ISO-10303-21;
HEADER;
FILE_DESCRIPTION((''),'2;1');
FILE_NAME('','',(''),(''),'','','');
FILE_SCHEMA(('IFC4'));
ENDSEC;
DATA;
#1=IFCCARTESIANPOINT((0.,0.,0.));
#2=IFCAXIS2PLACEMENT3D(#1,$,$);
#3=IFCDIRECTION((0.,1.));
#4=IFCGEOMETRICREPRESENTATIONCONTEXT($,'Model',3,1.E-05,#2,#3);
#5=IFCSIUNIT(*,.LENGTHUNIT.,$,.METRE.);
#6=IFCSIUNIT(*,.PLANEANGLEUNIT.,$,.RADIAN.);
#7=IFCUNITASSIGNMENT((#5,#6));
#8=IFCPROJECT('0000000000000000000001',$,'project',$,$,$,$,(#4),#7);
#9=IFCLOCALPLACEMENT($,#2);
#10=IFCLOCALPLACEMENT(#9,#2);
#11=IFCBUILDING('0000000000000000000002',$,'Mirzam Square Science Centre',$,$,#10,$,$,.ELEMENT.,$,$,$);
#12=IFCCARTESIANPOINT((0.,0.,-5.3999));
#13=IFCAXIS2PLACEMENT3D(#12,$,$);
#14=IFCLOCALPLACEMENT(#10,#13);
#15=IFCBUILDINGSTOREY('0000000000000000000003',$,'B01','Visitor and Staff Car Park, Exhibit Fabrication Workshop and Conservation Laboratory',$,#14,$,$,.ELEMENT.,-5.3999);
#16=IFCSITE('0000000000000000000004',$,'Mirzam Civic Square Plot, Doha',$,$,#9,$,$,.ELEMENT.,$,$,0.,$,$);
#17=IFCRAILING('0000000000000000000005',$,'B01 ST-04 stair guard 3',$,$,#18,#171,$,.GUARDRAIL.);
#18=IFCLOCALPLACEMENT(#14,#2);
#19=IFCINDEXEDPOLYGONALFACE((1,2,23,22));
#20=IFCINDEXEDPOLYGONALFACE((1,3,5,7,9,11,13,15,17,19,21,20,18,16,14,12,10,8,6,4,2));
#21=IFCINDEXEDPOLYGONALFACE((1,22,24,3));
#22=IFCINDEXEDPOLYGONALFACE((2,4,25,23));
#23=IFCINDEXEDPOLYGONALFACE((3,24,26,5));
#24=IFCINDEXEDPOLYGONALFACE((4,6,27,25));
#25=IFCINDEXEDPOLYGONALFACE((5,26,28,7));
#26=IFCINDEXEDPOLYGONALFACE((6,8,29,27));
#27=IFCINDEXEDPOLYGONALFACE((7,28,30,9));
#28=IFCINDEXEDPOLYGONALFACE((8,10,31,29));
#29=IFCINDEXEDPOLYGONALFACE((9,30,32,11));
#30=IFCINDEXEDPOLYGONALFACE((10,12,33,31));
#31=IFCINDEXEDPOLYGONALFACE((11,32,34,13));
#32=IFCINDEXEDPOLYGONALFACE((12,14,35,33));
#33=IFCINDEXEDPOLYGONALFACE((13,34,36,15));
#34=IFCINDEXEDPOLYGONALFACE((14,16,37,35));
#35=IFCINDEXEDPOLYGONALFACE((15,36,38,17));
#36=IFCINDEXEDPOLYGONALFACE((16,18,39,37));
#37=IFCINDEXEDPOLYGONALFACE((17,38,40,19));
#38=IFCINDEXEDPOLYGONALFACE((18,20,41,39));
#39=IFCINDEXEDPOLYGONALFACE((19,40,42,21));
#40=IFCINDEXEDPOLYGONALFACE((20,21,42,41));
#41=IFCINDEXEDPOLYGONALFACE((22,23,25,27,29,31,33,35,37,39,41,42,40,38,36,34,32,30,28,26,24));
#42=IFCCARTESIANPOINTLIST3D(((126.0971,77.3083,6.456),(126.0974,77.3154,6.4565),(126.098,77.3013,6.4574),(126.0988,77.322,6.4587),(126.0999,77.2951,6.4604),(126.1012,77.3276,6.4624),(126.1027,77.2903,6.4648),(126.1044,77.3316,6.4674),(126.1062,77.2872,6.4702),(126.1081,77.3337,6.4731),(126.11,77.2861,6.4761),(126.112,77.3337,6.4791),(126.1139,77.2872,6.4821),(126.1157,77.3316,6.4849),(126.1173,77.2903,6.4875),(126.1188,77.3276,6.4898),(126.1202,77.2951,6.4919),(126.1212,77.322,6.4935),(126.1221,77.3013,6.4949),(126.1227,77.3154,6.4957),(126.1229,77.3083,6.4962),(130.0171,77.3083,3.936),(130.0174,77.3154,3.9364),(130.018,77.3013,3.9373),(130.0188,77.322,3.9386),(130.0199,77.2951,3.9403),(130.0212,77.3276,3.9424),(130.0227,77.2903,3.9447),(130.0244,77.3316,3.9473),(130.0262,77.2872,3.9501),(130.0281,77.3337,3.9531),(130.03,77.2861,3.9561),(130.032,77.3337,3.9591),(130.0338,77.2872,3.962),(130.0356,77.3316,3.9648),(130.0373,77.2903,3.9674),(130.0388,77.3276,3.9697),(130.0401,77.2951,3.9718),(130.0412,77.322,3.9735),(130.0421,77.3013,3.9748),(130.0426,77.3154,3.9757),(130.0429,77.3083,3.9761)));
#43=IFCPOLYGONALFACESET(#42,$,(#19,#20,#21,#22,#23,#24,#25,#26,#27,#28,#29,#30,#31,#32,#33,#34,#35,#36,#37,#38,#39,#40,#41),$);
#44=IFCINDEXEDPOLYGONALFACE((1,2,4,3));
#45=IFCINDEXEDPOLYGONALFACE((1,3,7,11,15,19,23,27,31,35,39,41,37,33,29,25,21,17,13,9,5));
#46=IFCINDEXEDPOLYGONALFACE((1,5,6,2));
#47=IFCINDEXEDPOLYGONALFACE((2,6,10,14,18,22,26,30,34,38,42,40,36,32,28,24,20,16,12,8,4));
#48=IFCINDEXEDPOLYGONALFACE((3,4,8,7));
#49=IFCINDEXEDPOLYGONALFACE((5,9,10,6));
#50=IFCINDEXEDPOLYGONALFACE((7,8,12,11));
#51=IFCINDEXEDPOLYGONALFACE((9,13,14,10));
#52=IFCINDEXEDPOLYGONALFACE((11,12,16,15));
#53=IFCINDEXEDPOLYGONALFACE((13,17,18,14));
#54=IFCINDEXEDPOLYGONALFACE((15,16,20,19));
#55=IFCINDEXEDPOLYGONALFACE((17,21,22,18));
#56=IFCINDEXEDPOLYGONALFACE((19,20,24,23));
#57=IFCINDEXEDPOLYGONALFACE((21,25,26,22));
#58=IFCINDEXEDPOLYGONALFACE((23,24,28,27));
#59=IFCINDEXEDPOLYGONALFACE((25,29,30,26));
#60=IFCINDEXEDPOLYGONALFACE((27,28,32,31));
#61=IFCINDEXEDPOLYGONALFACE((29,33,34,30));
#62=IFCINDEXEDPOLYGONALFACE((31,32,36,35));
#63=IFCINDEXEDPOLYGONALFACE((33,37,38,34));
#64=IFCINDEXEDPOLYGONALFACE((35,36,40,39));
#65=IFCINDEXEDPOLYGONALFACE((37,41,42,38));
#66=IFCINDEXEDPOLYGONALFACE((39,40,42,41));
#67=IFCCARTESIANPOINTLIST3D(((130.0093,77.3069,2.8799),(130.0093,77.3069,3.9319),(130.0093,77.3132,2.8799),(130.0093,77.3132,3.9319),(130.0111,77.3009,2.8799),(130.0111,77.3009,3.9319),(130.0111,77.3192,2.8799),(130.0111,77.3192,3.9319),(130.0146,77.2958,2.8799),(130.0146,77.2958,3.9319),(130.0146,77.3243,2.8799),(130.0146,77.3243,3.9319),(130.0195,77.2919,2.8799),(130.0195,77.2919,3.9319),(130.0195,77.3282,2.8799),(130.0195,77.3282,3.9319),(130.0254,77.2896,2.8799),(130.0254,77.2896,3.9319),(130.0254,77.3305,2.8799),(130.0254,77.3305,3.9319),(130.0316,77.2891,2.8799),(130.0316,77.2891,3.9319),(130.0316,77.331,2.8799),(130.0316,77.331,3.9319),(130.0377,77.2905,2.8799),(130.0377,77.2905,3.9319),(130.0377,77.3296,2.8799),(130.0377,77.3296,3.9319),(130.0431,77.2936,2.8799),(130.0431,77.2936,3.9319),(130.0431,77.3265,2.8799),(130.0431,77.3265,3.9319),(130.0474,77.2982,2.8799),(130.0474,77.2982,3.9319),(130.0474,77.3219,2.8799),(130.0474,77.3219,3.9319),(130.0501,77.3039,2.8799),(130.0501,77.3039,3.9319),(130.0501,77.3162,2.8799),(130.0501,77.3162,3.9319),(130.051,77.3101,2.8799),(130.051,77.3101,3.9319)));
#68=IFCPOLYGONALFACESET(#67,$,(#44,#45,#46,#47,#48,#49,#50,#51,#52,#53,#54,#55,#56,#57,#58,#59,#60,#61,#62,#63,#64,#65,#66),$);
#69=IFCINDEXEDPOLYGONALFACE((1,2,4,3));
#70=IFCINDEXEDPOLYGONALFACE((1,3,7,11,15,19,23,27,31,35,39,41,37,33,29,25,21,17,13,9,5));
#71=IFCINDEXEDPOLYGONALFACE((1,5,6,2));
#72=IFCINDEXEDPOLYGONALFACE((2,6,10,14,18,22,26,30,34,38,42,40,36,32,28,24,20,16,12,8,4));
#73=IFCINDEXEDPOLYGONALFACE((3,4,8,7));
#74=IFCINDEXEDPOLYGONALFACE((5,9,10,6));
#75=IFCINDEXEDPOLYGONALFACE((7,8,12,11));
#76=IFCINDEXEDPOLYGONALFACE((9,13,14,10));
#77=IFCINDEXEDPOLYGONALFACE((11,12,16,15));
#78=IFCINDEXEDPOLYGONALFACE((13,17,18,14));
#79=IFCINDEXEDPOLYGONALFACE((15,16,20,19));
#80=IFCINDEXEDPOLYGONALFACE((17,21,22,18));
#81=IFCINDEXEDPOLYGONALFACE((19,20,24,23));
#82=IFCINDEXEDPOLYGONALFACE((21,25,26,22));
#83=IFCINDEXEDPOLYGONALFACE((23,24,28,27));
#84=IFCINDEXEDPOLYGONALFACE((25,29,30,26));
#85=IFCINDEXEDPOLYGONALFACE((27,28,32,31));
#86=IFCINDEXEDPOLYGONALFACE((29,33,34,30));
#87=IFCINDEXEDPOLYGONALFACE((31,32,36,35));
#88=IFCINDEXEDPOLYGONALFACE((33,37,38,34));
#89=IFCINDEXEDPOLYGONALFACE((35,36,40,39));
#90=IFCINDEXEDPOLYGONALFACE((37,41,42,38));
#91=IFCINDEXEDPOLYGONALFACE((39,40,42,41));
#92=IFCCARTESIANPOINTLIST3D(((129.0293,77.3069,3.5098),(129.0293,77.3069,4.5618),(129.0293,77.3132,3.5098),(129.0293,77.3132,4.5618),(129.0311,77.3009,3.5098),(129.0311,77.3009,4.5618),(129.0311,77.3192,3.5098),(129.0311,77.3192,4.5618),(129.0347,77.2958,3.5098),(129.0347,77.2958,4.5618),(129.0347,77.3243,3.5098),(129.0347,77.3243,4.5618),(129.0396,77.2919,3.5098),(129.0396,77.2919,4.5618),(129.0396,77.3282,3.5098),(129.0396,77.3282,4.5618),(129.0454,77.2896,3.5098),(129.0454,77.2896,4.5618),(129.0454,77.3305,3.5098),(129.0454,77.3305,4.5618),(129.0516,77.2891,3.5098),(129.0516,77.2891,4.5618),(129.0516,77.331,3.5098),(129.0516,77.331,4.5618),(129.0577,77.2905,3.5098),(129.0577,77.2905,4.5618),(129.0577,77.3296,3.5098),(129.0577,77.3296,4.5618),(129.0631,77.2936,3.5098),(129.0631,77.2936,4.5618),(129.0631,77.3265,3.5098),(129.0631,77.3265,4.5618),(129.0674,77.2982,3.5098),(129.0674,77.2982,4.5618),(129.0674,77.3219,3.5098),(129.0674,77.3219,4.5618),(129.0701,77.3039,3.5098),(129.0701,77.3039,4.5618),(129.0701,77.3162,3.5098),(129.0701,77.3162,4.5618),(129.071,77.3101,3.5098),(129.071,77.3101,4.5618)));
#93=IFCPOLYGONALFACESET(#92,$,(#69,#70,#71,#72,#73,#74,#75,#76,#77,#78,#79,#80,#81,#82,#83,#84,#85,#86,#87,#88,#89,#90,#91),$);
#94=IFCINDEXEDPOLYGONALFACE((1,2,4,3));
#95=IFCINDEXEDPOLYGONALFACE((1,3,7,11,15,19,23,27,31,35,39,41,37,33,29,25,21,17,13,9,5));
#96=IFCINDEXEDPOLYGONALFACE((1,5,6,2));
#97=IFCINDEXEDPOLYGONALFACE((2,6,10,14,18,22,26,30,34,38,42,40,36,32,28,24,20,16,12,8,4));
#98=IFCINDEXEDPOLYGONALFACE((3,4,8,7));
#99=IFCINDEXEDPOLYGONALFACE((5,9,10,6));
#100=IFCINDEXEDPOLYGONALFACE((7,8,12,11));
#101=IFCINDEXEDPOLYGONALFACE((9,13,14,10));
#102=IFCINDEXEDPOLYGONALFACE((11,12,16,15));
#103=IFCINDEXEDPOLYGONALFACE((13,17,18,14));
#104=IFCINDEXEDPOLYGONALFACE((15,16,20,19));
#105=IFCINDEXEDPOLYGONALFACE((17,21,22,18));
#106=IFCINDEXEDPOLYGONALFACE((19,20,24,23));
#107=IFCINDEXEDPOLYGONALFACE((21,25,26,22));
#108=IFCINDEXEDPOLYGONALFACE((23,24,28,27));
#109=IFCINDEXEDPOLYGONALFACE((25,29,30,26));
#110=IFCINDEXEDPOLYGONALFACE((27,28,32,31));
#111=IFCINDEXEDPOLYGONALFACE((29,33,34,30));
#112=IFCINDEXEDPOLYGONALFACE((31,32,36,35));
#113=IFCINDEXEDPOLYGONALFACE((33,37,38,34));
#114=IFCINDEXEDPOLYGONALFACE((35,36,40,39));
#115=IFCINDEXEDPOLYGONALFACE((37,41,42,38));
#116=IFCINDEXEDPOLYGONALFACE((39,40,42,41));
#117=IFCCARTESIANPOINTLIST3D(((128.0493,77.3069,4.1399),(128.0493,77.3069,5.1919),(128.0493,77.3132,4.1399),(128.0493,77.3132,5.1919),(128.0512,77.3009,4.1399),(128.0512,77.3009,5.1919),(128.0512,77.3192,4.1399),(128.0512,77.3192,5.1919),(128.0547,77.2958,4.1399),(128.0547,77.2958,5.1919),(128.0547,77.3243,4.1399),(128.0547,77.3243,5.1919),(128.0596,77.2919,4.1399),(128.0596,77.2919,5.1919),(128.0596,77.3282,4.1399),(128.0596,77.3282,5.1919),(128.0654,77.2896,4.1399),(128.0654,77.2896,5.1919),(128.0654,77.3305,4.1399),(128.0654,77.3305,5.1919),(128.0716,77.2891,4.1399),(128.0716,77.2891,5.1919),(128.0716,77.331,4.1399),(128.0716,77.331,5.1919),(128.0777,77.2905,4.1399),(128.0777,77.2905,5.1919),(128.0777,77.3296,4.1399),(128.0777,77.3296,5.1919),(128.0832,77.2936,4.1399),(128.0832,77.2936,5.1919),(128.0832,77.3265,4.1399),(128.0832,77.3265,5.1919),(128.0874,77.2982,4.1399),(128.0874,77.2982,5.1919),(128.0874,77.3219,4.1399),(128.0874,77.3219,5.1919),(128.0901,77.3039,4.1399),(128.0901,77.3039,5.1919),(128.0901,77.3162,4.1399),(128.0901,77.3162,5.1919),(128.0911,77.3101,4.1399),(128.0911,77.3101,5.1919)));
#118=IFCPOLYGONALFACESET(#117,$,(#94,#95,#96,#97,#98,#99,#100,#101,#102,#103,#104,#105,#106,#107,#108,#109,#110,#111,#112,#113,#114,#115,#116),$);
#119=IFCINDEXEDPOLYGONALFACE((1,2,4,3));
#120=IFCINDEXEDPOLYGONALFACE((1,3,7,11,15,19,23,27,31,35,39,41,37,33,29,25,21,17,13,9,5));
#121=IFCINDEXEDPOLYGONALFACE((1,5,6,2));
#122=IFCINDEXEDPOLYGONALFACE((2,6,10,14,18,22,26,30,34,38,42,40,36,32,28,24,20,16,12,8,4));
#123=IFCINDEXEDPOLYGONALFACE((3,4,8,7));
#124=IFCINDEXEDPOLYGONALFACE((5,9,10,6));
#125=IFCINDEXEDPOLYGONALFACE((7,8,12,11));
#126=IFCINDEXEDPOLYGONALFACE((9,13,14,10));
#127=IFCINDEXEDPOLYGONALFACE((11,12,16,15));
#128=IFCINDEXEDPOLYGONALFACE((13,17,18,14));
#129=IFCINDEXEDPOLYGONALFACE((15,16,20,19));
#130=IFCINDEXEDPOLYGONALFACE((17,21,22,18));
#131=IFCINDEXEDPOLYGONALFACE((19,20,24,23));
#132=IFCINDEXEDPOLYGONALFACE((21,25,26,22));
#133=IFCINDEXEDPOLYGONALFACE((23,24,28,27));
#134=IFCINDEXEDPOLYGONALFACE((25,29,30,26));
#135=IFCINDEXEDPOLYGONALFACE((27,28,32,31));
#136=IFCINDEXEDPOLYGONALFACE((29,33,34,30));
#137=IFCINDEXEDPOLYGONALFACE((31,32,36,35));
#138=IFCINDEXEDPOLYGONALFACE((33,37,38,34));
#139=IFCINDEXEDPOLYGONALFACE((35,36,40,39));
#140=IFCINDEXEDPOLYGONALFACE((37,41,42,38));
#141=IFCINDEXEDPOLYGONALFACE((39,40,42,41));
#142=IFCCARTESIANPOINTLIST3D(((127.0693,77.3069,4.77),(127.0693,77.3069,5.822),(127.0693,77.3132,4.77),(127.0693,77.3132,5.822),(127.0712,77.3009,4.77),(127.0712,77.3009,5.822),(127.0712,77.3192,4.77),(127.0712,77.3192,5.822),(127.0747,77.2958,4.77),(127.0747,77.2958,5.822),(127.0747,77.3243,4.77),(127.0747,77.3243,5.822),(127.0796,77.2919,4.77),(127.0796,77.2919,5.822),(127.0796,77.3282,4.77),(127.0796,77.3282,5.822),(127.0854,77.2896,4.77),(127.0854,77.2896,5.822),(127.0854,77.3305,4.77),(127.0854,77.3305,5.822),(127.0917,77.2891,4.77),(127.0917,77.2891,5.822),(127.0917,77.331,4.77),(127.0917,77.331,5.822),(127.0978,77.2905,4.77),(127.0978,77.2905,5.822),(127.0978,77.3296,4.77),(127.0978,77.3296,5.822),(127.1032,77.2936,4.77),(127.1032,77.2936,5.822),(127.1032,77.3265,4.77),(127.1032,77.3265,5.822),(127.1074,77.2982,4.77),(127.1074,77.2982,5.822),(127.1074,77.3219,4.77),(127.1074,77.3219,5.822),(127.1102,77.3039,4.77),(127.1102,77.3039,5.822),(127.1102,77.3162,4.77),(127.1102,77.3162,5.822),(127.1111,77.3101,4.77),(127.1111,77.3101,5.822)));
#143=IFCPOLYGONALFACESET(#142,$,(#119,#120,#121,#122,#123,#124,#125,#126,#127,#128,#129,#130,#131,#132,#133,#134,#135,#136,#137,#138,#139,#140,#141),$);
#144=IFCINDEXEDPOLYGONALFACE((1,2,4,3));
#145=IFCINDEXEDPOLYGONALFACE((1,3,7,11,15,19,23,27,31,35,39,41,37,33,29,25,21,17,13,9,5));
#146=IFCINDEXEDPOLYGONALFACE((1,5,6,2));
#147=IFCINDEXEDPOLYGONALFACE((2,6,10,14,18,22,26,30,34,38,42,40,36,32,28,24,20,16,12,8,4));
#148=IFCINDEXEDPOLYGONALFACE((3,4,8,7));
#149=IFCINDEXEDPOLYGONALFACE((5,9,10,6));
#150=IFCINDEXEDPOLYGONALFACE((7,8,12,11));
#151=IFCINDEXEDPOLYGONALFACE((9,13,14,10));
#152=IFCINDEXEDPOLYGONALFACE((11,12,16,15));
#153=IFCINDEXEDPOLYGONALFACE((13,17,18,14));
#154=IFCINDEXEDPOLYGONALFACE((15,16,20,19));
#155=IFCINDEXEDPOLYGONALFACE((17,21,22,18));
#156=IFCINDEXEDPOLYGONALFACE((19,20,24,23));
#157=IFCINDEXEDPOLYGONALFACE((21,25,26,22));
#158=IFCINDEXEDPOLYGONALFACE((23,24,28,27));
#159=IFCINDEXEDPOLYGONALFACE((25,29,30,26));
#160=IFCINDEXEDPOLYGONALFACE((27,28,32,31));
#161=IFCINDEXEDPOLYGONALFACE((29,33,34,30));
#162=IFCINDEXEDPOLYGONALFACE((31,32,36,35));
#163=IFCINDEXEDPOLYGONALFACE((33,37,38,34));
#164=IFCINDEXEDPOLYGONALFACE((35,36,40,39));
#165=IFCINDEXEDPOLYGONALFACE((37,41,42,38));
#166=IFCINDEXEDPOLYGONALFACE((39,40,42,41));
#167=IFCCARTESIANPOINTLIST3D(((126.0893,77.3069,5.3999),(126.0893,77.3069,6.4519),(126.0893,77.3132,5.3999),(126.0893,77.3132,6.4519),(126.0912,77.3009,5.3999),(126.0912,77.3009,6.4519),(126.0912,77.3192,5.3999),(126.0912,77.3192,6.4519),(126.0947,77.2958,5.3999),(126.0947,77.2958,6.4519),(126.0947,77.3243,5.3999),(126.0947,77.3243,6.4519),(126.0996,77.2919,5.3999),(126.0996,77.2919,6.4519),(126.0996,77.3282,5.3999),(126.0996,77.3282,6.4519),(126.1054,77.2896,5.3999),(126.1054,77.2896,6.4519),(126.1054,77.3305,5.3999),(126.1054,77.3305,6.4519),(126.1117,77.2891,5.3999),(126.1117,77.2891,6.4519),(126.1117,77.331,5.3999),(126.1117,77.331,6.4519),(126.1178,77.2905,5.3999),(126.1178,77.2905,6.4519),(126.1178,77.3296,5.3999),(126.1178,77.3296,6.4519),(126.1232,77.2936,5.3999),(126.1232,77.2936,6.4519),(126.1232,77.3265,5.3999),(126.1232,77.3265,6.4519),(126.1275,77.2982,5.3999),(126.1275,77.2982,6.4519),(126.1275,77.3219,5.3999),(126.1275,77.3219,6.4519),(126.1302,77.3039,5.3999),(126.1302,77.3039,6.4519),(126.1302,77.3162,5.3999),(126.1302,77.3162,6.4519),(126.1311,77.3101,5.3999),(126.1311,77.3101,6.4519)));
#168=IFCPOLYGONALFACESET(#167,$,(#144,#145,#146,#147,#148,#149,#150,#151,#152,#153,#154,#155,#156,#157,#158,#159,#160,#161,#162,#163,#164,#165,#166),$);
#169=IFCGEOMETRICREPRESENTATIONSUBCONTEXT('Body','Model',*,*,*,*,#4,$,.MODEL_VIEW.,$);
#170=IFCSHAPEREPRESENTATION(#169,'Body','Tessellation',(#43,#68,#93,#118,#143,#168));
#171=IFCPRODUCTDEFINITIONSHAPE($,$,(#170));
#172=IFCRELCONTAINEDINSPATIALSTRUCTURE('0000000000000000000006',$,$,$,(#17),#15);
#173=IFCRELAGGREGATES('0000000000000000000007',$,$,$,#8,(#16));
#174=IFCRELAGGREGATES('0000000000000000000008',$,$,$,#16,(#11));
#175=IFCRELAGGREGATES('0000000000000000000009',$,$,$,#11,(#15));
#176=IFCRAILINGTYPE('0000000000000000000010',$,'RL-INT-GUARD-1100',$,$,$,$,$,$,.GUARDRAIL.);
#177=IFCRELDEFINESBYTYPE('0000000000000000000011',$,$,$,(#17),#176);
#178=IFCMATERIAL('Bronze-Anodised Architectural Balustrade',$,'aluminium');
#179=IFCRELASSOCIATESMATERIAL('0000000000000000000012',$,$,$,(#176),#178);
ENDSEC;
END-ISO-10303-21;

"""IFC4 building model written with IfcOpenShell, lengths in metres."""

from ifc_helpers import new_model, si_unit, direction, frame, origin, origin_2d, place, context, subcontext, project, spatial, circle, extrude, material, type_object, element, save


model = new_model("IFC4")

# Units and contexts
model_context = context("Model", 3, precision=1e-05, world=origin(), true_north=direction((0.0, 1.0)))
body_context = subcontext(model_context, "Body", "Model", "MODEL_VIEW")
ifc_project = project(units=[si_unit("LENGTHUNIT", "METRE"), si_unit("PLANEANGLEUNIT", "RADIAN")], contexts=[model_context])

# Site, building, storey
site_placement = place(None, origin())
site = spatial("IfcSite", under=ifc_project, at=site_placement, Name="Mirzam Civic Square Plot, Doha", CompositionType="ELEMENT", RefElevation=0.0)
building_placement = place(site_placement, origin())
building = spatial("IfcBuilding", under=site, at=building_placement, Name="Mirzam Square Science Centre", CompositionType="ELEMENT")
storey_placement = place(building_placement, frame((0.0, 0.0, -5.3999)))
storey = spatial("IfcBuildingStorey", under=building, at=storey_placement, Name="B01", Description="Visitor and Staff Car Park, Exhibit Fabrication Workshop and Conservation Laboratory", CompositionType="ELEMENT", Elevation=-5.3999)

# Railing
ifc_material_1 = material(Name="Bronze-Anodised Architectural Balustrade", Category="aluminium")
railing_type_1 = type_object("IfcRailingType", Name="RL-INT-GUARD-1100", PredefinedType="GUARDRAIL", material=ifc_material_1)
railing_1_placement = place(storey_placement, frame((130.03, 77.3101, 2.8799)))
element("IfcRailing", 1, at=railing_1_placement, inside=storey, type_object=railing_type_1, Name="B01 ST-04 stair guard 3", PredefinedType="GUARDRAIL", context=body_context, shape_type="SweptSolid", body=[
    extrude(circle(Radius=0.0239, at=origin_2d()), frame((0.0, 0.0, 1.0762), z_axis=(-0.841172, 0.0, 0.540768), x_axis=(0.0, -1.0, 0.0)), (0.0, 0.0, 1.0), 4.6602),
    extrude(circle(Radius=0.021, at=origin_2d()), origin(), (0.0, 0.0, 1.0), 1.052),
    extrude(circle(Radius=0.021, at=origin_2d()), frame((-0.98, 0.0, 0.6299)), (0.0, 0.0, 1.0), 1.052),
    extrude(circle(Radius=0.021, at=origin_2d()), frame((-1.96, 0.0, 1.26)), (0.0, 0.0, 1.0), 1.052),
    extrude(circle(Radius=0.021, at=origin_2d()), frame((-2.9399, 0.0, 1.8901)), (0.0, 0.0, 1.0), 1.052),
    extrude(circle(Radius=0.021, at=origin_2d()), frame((-3.9199, 0.0, 2.52)), (0.0, 0.0, 1.0), 1.052),
])

save(model, "model.ifc")
